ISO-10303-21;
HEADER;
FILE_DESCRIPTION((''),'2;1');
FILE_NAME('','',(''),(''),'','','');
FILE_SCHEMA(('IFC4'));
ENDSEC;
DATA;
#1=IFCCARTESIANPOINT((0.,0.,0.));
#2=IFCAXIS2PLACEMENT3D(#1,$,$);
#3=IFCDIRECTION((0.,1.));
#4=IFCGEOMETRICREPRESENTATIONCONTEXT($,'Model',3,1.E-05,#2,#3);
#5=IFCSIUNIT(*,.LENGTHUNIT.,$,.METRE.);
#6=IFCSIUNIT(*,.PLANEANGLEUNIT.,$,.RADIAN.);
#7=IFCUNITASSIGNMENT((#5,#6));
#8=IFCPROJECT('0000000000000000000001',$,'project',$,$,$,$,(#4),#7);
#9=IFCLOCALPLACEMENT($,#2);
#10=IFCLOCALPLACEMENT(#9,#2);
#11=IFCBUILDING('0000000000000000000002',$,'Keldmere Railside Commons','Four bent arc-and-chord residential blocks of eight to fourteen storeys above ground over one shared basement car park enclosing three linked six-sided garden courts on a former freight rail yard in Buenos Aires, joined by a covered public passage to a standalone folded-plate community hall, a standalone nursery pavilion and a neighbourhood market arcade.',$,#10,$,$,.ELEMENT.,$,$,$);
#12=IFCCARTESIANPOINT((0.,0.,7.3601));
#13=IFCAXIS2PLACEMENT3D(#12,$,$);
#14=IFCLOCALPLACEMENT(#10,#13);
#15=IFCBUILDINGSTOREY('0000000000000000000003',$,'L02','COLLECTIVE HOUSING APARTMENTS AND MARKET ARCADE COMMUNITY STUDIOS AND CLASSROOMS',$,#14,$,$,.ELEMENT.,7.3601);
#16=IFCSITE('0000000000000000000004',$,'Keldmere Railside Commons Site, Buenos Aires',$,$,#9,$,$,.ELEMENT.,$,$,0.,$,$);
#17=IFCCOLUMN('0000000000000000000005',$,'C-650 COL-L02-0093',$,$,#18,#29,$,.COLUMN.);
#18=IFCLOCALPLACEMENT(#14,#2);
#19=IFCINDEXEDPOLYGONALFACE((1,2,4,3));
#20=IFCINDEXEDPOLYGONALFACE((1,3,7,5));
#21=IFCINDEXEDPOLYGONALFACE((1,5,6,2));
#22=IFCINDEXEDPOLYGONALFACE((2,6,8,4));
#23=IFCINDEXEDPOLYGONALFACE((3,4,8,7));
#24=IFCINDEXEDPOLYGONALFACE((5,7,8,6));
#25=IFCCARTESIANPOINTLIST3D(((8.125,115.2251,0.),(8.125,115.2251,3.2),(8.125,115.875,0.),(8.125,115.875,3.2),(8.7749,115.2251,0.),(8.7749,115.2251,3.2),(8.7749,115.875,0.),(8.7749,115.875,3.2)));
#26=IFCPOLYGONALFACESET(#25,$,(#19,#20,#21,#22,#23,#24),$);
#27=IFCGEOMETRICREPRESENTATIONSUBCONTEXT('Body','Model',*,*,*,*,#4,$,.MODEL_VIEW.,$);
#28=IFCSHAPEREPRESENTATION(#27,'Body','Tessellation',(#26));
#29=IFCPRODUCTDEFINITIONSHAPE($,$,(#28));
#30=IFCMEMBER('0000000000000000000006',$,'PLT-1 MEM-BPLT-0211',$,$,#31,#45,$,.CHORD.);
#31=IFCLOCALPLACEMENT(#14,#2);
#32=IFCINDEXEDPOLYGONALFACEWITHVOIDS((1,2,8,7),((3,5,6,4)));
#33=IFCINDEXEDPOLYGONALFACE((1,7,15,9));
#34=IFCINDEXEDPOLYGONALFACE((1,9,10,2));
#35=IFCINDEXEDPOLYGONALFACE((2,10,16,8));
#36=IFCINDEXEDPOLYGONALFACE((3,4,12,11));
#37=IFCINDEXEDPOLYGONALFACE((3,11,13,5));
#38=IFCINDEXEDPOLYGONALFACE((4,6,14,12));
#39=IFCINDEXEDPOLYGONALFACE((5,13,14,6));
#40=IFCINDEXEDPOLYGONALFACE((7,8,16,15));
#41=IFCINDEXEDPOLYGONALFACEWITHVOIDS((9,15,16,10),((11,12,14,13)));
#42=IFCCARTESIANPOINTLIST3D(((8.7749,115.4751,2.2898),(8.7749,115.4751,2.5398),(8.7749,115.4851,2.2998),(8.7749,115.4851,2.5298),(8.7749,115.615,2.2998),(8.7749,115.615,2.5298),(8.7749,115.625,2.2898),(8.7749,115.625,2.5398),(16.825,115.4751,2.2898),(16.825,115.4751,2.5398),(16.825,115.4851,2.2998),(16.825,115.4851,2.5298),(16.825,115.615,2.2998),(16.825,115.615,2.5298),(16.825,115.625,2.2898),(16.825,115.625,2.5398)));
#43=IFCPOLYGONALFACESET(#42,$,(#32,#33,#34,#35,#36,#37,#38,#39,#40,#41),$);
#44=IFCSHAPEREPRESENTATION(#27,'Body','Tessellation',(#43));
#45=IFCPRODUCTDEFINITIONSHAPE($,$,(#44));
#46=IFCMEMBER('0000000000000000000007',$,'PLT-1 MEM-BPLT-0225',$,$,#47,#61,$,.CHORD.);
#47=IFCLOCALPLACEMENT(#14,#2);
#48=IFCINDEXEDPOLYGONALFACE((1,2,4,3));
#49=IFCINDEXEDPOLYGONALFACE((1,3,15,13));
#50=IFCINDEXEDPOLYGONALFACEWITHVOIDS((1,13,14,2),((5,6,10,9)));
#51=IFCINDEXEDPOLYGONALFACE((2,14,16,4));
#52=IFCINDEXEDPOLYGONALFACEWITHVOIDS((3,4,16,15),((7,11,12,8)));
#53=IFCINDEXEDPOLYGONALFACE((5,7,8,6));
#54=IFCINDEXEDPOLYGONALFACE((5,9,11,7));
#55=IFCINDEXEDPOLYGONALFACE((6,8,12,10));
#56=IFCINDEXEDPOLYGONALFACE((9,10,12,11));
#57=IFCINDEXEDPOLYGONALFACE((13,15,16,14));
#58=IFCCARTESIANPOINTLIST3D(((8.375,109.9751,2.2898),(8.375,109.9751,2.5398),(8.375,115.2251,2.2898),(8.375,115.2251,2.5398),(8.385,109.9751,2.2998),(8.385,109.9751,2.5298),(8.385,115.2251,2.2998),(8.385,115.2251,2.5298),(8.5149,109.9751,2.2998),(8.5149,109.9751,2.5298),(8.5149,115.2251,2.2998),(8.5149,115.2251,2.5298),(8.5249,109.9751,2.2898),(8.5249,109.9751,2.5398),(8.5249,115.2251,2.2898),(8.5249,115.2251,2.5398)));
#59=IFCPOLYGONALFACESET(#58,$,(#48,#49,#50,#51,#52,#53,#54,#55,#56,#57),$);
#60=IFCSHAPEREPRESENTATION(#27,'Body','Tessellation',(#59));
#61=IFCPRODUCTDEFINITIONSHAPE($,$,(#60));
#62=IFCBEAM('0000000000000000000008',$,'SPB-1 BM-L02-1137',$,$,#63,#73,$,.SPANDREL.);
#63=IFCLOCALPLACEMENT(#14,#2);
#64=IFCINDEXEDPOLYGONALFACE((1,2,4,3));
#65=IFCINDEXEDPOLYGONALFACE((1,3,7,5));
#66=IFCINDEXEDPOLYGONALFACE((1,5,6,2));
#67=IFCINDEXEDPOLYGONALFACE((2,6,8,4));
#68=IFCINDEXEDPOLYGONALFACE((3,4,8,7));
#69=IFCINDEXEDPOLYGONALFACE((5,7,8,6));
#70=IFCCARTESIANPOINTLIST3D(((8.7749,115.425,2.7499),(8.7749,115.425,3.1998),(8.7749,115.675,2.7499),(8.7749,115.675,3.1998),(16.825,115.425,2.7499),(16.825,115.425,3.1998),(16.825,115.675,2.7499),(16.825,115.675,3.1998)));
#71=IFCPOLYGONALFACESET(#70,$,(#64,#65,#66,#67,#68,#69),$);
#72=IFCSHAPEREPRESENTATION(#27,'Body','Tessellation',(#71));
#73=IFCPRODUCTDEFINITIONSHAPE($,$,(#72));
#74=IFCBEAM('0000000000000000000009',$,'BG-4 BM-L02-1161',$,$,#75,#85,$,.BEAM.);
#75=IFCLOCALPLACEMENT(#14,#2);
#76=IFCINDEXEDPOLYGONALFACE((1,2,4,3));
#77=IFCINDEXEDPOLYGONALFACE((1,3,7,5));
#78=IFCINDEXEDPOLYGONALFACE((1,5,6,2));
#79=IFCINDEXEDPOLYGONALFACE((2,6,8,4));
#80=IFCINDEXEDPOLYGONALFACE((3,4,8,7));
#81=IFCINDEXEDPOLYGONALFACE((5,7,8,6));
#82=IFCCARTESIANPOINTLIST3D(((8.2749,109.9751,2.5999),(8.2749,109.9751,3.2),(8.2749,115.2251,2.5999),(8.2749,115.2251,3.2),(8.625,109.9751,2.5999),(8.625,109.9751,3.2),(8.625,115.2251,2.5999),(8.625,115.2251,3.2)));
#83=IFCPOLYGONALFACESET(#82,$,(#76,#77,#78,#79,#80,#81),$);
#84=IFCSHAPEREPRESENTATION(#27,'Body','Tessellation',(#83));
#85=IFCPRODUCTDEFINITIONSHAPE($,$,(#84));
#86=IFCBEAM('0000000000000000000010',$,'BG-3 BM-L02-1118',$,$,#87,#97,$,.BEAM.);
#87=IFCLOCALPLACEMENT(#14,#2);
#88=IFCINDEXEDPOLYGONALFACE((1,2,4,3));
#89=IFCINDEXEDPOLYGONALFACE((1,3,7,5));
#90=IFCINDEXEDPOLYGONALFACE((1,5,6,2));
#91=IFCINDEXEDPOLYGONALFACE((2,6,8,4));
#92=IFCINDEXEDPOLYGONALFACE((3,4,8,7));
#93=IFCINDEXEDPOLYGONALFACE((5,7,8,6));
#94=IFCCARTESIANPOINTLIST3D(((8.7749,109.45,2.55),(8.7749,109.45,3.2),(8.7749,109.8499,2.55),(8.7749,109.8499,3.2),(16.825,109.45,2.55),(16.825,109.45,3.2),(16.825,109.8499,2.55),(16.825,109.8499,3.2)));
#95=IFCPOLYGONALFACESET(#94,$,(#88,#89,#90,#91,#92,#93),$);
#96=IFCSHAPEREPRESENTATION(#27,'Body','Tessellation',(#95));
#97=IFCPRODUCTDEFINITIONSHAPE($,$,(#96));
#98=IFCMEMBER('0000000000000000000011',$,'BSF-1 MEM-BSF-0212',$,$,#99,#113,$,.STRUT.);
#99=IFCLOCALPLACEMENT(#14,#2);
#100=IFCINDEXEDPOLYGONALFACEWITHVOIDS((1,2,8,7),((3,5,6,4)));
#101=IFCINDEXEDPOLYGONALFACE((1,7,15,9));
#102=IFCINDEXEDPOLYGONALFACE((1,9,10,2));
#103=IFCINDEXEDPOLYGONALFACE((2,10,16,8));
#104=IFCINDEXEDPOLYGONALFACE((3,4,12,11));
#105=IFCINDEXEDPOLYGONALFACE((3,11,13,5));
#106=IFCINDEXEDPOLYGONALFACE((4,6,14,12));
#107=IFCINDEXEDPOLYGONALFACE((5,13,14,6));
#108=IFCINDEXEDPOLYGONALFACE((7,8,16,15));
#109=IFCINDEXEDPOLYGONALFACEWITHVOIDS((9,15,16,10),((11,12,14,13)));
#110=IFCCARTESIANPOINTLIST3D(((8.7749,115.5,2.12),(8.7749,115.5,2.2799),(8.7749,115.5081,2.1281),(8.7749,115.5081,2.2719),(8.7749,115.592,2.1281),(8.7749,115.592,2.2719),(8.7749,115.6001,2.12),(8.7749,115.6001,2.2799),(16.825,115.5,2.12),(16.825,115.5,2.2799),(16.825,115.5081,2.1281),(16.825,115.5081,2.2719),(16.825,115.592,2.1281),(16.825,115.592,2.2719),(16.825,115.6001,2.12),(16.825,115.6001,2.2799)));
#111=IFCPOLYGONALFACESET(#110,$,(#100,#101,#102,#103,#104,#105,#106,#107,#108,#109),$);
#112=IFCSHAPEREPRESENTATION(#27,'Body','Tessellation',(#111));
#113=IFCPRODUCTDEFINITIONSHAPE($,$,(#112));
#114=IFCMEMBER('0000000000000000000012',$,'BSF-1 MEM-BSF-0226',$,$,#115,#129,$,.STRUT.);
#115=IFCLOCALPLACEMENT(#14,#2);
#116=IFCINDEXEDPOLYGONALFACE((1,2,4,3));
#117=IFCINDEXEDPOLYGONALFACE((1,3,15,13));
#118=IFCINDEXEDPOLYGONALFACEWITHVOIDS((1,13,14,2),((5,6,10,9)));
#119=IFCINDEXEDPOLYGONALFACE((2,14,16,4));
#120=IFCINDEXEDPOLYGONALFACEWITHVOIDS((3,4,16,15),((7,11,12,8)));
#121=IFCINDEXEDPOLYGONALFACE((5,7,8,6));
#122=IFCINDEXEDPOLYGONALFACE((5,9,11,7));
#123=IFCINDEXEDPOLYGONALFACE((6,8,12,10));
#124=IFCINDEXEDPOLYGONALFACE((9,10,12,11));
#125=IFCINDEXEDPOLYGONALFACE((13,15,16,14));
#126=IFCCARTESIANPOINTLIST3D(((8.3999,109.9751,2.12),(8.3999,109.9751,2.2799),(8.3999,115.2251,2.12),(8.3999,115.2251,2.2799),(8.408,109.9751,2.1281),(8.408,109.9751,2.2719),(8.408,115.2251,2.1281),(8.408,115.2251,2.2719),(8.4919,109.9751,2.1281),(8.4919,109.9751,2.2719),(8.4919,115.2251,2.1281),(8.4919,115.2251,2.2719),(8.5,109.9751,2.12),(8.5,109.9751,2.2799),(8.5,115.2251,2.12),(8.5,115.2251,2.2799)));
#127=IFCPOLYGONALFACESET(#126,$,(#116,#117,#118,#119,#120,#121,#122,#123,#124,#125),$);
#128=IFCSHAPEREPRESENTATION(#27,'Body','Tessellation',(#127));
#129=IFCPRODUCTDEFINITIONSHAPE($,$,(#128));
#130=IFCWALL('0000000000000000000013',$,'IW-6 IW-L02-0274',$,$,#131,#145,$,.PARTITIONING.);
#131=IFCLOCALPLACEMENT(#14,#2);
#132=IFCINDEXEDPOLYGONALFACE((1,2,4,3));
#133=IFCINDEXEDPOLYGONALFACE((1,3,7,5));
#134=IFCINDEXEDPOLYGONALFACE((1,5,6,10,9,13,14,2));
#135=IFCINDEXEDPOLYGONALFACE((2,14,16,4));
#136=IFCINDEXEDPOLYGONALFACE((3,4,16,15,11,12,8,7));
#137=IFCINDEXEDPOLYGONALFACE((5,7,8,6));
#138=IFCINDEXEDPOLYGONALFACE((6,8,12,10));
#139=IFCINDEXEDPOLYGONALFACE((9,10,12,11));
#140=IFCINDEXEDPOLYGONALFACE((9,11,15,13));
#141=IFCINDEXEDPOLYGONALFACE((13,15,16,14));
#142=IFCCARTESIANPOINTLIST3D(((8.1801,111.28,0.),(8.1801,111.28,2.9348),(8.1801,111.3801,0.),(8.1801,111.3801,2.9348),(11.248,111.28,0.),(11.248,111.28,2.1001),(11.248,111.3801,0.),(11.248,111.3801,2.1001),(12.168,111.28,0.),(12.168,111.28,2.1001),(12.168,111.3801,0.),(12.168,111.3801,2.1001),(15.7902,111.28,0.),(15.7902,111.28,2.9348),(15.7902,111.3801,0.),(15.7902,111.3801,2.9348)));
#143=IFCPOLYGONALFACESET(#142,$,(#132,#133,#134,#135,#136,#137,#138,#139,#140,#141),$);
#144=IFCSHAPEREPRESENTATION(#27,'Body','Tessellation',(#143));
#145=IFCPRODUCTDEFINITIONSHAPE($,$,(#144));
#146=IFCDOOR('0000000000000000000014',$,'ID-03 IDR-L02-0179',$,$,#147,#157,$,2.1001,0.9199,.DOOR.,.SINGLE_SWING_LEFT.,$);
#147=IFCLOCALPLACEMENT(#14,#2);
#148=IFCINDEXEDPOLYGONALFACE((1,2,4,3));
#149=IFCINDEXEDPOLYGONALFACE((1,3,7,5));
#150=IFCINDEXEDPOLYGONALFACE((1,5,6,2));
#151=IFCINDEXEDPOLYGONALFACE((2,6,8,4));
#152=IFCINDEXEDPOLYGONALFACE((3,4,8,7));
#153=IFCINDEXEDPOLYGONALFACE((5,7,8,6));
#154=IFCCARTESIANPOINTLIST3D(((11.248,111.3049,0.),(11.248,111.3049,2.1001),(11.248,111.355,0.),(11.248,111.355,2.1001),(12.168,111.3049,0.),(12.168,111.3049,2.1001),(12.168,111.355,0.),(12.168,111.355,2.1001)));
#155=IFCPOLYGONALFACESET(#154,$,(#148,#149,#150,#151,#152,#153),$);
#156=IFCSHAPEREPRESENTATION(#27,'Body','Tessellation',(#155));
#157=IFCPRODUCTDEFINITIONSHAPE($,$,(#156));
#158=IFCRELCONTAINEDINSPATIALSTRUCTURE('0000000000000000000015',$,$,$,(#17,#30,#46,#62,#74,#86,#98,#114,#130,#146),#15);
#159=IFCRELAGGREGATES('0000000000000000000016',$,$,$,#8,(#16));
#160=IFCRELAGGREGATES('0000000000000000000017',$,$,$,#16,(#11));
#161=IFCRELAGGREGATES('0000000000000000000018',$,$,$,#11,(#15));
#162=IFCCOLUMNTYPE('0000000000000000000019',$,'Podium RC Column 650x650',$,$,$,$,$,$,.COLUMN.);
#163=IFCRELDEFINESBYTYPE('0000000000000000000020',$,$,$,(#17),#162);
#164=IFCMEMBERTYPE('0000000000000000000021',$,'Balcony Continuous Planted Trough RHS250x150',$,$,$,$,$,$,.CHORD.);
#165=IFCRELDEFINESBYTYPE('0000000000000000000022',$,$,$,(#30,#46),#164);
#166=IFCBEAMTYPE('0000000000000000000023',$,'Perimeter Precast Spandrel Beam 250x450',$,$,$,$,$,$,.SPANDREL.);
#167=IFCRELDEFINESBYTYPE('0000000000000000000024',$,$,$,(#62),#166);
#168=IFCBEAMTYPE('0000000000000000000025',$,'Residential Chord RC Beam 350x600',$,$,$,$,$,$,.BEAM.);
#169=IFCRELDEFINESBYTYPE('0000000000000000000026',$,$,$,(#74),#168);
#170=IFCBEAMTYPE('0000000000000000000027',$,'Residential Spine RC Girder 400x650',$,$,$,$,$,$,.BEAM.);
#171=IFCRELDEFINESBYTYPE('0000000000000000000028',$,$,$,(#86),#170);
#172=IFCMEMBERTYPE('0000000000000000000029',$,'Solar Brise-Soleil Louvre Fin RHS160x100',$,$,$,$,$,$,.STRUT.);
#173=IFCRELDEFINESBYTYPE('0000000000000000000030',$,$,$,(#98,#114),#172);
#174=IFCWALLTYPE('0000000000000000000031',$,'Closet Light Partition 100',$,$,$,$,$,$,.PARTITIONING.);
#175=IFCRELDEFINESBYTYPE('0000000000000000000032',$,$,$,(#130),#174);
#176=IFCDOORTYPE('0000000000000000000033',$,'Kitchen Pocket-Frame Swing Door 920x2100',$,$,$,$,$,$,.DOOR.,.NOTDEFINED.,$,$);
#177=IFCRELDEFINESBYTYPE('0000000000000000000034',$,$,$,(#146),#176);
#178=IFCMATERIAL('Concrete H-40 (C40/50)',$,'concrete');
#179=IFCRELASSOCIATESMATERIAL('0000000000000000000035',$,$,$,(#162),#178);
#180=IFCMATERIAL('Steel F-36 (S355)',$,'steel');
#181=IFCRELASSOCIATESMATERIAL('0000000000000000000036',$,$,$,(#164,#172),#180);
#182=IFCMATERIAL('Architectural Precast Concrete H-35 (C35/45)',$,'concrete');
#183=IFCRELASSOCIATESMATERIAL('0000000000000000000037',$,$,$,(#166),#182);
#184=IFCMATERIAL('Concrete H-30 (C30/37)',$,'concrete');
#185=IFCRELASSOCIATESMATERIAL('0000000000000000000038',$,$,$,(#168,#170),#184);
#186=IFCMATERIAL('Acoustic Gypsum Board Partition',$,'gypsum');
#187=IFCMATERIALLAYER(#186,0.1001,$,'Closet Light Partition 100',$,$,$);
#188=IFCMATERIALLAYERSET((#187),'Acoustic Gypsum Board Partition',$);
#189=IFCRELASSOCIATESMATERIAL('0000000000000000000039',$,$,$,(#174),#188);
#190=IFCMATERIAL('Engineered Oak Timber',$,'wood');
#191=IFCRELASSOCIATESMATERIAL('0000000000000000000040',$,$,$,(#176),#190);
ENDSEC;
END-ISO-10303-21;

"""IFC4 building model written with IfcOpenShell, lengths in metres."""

from ifc_helpers import new_model, si_unit, direction, frame, frame_2d, origin, origin_2d, place, context, subcontext, project, spatial, rectangle, hollow_rectangle, extrude, material, layer, layer_set, material_profile, profile_set, type_object, element, fill, save


model = new_model("IFC4")

# Units and contexts
model_context = context("Model", 3, precision=1e-05, world=origin(), true_north=direction((0.0, 1.0)))
body_context = subcontext(model_context, "Body", "Model", "MODEL_VIEW")
ifc_project = project(units=[si_unit("LENGTHUNIT", "METRE"), si_unit("PLANEANGLEUNIT", "RADIAN")], contexts=[model_context])

# Site, building, storey
site_placement = place(None, origin())
site = spatial("IfcSite", under=ifc_project, at=site_placement, Name="Keldmere Railside Commons Site, Buenos Aires", CompositionType="ELEMENT", RefElevation=0.0)
building_placement = place(site_placement, origin())
building = spatial("IfcBuilding", under=site, at=building_placement, Name="Keldmere Railside Commons", Description="Four bent arc-and-chord residential blocks of eight to fourteen storeys above ground over one shared basement car park enclosing three linked six-sided garden courts on a former freight rail yard in Buenos Aires, joined by a covered public passage to a standalone folded-plate community hall, a standalone nursery pavilion and a neighbourhood market arcade.", CompositionType="ELEMENT")
storey_placement = place(building_placement, frame((0.0, 0.0, 7.3601)))
storey = spatial("IfcBuildingStorey", under=building, at=storey_placement, Name="L02", Description="COLLECTIVE HOUSING APARTMENTS AND MARKET ARCADE COMMUNITY STUDIOS AND CLASSROOMS", CompositionType="ELEMENT", Elevation=7.3601)

# Column
ifc_material_1 = material(Name="Concrete H-40 (C40/50)", Category="concrete")
ifc_material_profile_1 = material_profile(ifc_material_1, rectangle(XDim=0.6499, YDim=0.6499, at=origin_2d()), Name="RC-650x650")
ifc_profile_set_1 = profile_set([ifc_material_profile_1], Name="Concrete H-40 (C40/50)")
column_type = type_object("IfcColumnType", Name="Podium RC Column 650x650", PredefinedType="COLUMN", material=ifc_profile_set_1)
column_placement = place(storey_placement, frame((8.45, 115.55, 0.0), z_axis=(0.0, 0.0, 1.0), x_axis=(1.0, 0.0, 0.0)))
element("IfcColumn", 1, at=column_placement, inside=storey, type_object=column_type, Name="C-650 COL-L02-0093", PredefinedType="COLUMN", context=body_context, shape_type="SweptSolid", body=[
    extrude(rectangle(XDim=0.6499, YDim=0.6499, at=origin_2d()), origin(), (0.0, 0.0, 1.0), 3.2),
])

# Members
ifc_material_2 = material(Name="Steel F-36 (S355)", Category="steel")
ifc_material_profile_2 = material_profile(ifc_material_2, hollow_rectangle(XDim=0.1499, YDim=0.25, WallThickness=0.01, at=origin_2d()), Name="RHS-250x150x10")
ifc_profile_set_2 = profile_set([ifc_material_profile_2], Name="Steel F-36 (S355)")
member_type_1 = type_object("IfcMemberType", Name="Balcony Continuous Planted Trough RHS250x150", PredefinedType="CHORD", material=ifc_profile_set_2)
member_1_placement = place(storey_placement, frame((8.7749, 115.55, 2.4148), z_axis=(1.0, 0.0, 0.0), x_axis=(0.0, 1.0, 0.0)))
element("IfcMember", 2, at=member_1_placement, inside=storey, type_object=member_type_1, Name="PLT-1 MEM-BPLT-0211", PredefinedType="CHORD", context=body_context, shape_type="SweptSolid", body=[
    extrude(hollow_rectangle(XDim=0.1499, YDim=0.25, WallThickness=0.01, at=origin_2d()), origin(), (0.0, 0.0, 1.0), 8.05),
])
member_2_placement = place(storey_placement, frame((8.45, 109.9751, 2.4148), z_axis=(0.0, 1.0, 0.0), x_axis=(-1.0, 0.0, 0.0)))
element("IfcMember", 3, at=member_2_placement, inside=storey, type_object=member_type_1, Name="PLT-1 MEM-BPLT-0225", PredefinedType="CHORD", context=body_context, shape_type="SweptSolid", body=[
    extrude(hollow_rectangle(XDim=0.1499, YDim=0.25, WallThickness=0.01, at=origin_2d()), origin(), (0.0, 0.0, 1.0), 5.25),
])

# Beams
ifc_material_3 = material(Name="Architectural Precast Concrete H-35 (C35/45)", Category="concrete")
ifc_material_profile_3 = material_profile(ifc_material_3, rectangle(XDim=0.25, YDim=0.45, at=origin_2d()), Name="RC-250x450")
ifc_profile_set_3 = profile_set([ifc_material_profile_3], Name="Architectural Precast Concrete H-35 (C35/45)")
beam_type_1 = type_object("IfcBeamType", Name="Perimeter Precast Spandrel Beam 250x450", PredefinedType="SPANDREL", material=ifc_profile_set_3)
beam_1_placement = place(storey_placement, frame((8.7749, 115.55, 2.9749), z_axis=(1.0, 0.0, 0.0), x_axis=(0.0, 1.0, 0.0)))
element("IfcBeam", 4, at=beam_1_placement, inside=storey, type_object=beam_type_1, Name="SPB-1 BM-L02-1137", PredefinedType="SPANDREL", context=body_context, shape_type="SweptSolid", body=[
    extrude(rectangle(XDim=0.25, YDim=0.45, at=origin_2d()), origin(), (0.0, 0.0, 1.0), 8.05),
])
ifc_material_4 = material(Name="Concrete H-30 (C30/37)", Category="concrete")
ifc_material_profile_4 = material_profile(ifc_material_4, rectangle(XDim=0.3501, YDim=0.6001, at=origin_2d()), Name="RC-350x600")
ifc_profile_set_4 = profile_set([ifc_material_profile_4], Name="Concrete H-30 (C30/37)")
beam_type_2 = type_object("IfcBeamType", Name="Residential Chord RC Beam 350x600", PredefinedType="BEAM", material=ifc_profile_set_4)
beam_2_placement = place(storey_placement, frame((8.45, 109.9751, 2.8999), z_axis=(0.0, 1.0, 0.0), x_axis=(-1.0, 0.0, 0.0)))
element("IfcBeam", 5, at=beam_2_placement, inside=storey, type_object=beam_type_2, Name="BG-4 BM-L02-1161", PredefinedType="BEAM", context=body_context, shape_type="SweptSolid", body=[
    extrude(rectangle(XDim=0.3501, YDim=0.6001, at=origin_2d()), origin(), (0.0, 0.0, 1.0), 5.25),
])
ifc_material_profile_5 = material_profile(ifc_material_4, rectangle(XDim=0.3999, YDim=0.6499, at=origin_2d()), Name="RC-400x650")
ifc_profile_set_5 = profile_set([ifc_material_profile_5], Name="Concrete H-30 (C30/37)")
beam_type_3 = type_object("IfcBeamType", Name="Residential Spine RC Girder 400x650", PredefinedType="BEAM", material=ifc_profile_set_5)
beam_3_placement = place(storey_placement, frame((8.7749, 109.6499, 2.875), z_axis=(1.0, 0.0, 0.0), x_axis=(0.0, 1.0, 0.0)))
element("IfcBeam", 6, at=beam_3_placement, inside=storey, type_object=beam_type_3, Name="BG-3 BM-L02-1118", PredefinedType="BEAM", context=body_context, shape_type="SweptSolid", body=[
    extrude(rectangle(XDim=0.3999, YDim=0.6499, at=origin_2d()), origin(), (0.0, 0.0, 1.0), 8.05),
])

# Members
ifc_material_profile_6 = material_profile(ifc_material_2, hollow_rectangle(XDim=0.1001, YDim=0.1599, WallThickness=0.0081, at=origin_2d()), Name="RHS-160x100x8")
ifc_profile_set_6 = profile_set([ifc_material_profile_6], Name="Steel F-36 (S355)")
member_type_2 = type_object("IfcMemberType", Name="Solar Brise-Soleil Louvre Fin RHS160x100", PredefinedType="STRUT", material=ifc_profile_set_6)
member_3_placement = place(storey_placement, frame((8.7749, 115.55, 2.2), z_axis=(1.0, 0.0, 0.0), x_axis=(0.0, 1.0, 0.0)))
element("IfcMember", 7, at=member_3_placement, inside=storey, type_object=member_type_2, Name="BSF-1 MEM-BSF-0212", PredefinedType="STRUT", context=body_context, shape_type="SweptSolid", body=[
    extrude(hollow_rectangle(XDim=0.1001, YDim=0.1599, WallThickness=0.0081, at=origin_2d()), origin(), (0.0, 0.0, 1.0), 8.05),
])
member_4_placement = place(storey_placement, frame((8.45, 109.9751, 2.2), z_axis=(0.0, 1.0, 0.0), x_axis=(-1.0, 0.0, 0.0)))
element("IfcMember", 8, at=member_4_placement, inside=storey, type_object=member_type_2, Name="BSF-1 MEM-BSF-0226", PredefinedType="STRUT", context=body_context, shape_type="SweptSolid", body=[
    extrude(hollow_rectangle(XDim=0.1001, YDim=0.1599, WallThickness=0.0081, at=origin_2d()), origin(), (0.0, 0.0, 1.0), 5.25),
])

# Wall, opening, door
ifc_material_5 = material(Name="Acoustic Gypsum Board Partition", Category="gypsum")
ifc_layer_1 = layer(ifc_material_5, 0.1001, Name="Closet Light Partition 100")
ifc_layer_set_1 = layer_set([ifc_layer_1], Name="Acoustic Gypsum Board Partition")
wall_type_1 = type_object("IfcWallType", Name="Closet Light Partition 100", PredefinedType="PARTITIONING", material=ifc_layer_set_1)
wall_1_placement = place(storey_placement, frame((8.1799, 111.3301, 0.0), z_axis=(0.0, 0.0, 1.0), x_axis=(1.0, 0.0, 0.0)))
wall_1 = element("IfcWall", 9, at=wall_1_placement, inside=storey, type_object=wall_type_1, Name="IW-6 IW-L02-0274", PredefinedType="PARTITIONING", context=body_context, shape_type="SweptSolid", body=[
    extrude(rectangle(XDim=7.6101, YDim=0.1001, at=frame_2d((3.8052, 0.0))), origin(), (0.0, 0.0, 1.0), 2.9348),
])
opening_1_placement = place(wall_1_placement, frame((3.0681, 0.0, 0.0)))
opening_1 = element("IfcOpeningElement", 10, at=opening_1_placement, cuts=wall_1, PredefinedType="OPENING", context=body_context, shape_type="SweptSolid", body=[
    extrude(rectangle(XDim=0.9199, YDim=2.1001, at=frame_2d((0.46, 1.05))), frame((0.0, 0.0601, 0.0), z_axis=(0.0, -1.0, 0.0), x_axis=(1.0, 0.0, 0.0)), (0.0, 0.0, 1.0), 0.1201),
])
ifc_material_6 = material(Name="Engineered Oak Timber", Category="wood")
door_type_1 = type_object("IfcDoorType", Name="Kitchen Pocket-Frame Swing Door 920x2100", OperationType="NOTDEFINED", PredefinedType="DOOR", material=ifc_material_6)
door_1_placement = place(opening_1_placement, origin())
door_1 = element("IfcDoor", 11, at=door_1_placement, inside=storey, type_object=door_type_1, Name="ID-03 IDR-L02-0179", OperationType="SINGLE_SWING_LEFT", OverallHeight=2.1001, OverallWidth=0.9199, PredefinedType="DOOR", context=body_context, shape_type="SweptSolid", body=[
    extrude(rectangle(XDim=0.9199, YDim=2.1001, at=frame_2d((0.46, 1.05))), frame((0.0, 0.0249, 0.0), z_axis=(0.0, -1.0, 0.0), x_axis=(1.0, 0.0, 0.0)), (0.0, 0.0, 1.0), 0.05),
])
fill(opening_1, door_1)

save(model, "model.ifc")
